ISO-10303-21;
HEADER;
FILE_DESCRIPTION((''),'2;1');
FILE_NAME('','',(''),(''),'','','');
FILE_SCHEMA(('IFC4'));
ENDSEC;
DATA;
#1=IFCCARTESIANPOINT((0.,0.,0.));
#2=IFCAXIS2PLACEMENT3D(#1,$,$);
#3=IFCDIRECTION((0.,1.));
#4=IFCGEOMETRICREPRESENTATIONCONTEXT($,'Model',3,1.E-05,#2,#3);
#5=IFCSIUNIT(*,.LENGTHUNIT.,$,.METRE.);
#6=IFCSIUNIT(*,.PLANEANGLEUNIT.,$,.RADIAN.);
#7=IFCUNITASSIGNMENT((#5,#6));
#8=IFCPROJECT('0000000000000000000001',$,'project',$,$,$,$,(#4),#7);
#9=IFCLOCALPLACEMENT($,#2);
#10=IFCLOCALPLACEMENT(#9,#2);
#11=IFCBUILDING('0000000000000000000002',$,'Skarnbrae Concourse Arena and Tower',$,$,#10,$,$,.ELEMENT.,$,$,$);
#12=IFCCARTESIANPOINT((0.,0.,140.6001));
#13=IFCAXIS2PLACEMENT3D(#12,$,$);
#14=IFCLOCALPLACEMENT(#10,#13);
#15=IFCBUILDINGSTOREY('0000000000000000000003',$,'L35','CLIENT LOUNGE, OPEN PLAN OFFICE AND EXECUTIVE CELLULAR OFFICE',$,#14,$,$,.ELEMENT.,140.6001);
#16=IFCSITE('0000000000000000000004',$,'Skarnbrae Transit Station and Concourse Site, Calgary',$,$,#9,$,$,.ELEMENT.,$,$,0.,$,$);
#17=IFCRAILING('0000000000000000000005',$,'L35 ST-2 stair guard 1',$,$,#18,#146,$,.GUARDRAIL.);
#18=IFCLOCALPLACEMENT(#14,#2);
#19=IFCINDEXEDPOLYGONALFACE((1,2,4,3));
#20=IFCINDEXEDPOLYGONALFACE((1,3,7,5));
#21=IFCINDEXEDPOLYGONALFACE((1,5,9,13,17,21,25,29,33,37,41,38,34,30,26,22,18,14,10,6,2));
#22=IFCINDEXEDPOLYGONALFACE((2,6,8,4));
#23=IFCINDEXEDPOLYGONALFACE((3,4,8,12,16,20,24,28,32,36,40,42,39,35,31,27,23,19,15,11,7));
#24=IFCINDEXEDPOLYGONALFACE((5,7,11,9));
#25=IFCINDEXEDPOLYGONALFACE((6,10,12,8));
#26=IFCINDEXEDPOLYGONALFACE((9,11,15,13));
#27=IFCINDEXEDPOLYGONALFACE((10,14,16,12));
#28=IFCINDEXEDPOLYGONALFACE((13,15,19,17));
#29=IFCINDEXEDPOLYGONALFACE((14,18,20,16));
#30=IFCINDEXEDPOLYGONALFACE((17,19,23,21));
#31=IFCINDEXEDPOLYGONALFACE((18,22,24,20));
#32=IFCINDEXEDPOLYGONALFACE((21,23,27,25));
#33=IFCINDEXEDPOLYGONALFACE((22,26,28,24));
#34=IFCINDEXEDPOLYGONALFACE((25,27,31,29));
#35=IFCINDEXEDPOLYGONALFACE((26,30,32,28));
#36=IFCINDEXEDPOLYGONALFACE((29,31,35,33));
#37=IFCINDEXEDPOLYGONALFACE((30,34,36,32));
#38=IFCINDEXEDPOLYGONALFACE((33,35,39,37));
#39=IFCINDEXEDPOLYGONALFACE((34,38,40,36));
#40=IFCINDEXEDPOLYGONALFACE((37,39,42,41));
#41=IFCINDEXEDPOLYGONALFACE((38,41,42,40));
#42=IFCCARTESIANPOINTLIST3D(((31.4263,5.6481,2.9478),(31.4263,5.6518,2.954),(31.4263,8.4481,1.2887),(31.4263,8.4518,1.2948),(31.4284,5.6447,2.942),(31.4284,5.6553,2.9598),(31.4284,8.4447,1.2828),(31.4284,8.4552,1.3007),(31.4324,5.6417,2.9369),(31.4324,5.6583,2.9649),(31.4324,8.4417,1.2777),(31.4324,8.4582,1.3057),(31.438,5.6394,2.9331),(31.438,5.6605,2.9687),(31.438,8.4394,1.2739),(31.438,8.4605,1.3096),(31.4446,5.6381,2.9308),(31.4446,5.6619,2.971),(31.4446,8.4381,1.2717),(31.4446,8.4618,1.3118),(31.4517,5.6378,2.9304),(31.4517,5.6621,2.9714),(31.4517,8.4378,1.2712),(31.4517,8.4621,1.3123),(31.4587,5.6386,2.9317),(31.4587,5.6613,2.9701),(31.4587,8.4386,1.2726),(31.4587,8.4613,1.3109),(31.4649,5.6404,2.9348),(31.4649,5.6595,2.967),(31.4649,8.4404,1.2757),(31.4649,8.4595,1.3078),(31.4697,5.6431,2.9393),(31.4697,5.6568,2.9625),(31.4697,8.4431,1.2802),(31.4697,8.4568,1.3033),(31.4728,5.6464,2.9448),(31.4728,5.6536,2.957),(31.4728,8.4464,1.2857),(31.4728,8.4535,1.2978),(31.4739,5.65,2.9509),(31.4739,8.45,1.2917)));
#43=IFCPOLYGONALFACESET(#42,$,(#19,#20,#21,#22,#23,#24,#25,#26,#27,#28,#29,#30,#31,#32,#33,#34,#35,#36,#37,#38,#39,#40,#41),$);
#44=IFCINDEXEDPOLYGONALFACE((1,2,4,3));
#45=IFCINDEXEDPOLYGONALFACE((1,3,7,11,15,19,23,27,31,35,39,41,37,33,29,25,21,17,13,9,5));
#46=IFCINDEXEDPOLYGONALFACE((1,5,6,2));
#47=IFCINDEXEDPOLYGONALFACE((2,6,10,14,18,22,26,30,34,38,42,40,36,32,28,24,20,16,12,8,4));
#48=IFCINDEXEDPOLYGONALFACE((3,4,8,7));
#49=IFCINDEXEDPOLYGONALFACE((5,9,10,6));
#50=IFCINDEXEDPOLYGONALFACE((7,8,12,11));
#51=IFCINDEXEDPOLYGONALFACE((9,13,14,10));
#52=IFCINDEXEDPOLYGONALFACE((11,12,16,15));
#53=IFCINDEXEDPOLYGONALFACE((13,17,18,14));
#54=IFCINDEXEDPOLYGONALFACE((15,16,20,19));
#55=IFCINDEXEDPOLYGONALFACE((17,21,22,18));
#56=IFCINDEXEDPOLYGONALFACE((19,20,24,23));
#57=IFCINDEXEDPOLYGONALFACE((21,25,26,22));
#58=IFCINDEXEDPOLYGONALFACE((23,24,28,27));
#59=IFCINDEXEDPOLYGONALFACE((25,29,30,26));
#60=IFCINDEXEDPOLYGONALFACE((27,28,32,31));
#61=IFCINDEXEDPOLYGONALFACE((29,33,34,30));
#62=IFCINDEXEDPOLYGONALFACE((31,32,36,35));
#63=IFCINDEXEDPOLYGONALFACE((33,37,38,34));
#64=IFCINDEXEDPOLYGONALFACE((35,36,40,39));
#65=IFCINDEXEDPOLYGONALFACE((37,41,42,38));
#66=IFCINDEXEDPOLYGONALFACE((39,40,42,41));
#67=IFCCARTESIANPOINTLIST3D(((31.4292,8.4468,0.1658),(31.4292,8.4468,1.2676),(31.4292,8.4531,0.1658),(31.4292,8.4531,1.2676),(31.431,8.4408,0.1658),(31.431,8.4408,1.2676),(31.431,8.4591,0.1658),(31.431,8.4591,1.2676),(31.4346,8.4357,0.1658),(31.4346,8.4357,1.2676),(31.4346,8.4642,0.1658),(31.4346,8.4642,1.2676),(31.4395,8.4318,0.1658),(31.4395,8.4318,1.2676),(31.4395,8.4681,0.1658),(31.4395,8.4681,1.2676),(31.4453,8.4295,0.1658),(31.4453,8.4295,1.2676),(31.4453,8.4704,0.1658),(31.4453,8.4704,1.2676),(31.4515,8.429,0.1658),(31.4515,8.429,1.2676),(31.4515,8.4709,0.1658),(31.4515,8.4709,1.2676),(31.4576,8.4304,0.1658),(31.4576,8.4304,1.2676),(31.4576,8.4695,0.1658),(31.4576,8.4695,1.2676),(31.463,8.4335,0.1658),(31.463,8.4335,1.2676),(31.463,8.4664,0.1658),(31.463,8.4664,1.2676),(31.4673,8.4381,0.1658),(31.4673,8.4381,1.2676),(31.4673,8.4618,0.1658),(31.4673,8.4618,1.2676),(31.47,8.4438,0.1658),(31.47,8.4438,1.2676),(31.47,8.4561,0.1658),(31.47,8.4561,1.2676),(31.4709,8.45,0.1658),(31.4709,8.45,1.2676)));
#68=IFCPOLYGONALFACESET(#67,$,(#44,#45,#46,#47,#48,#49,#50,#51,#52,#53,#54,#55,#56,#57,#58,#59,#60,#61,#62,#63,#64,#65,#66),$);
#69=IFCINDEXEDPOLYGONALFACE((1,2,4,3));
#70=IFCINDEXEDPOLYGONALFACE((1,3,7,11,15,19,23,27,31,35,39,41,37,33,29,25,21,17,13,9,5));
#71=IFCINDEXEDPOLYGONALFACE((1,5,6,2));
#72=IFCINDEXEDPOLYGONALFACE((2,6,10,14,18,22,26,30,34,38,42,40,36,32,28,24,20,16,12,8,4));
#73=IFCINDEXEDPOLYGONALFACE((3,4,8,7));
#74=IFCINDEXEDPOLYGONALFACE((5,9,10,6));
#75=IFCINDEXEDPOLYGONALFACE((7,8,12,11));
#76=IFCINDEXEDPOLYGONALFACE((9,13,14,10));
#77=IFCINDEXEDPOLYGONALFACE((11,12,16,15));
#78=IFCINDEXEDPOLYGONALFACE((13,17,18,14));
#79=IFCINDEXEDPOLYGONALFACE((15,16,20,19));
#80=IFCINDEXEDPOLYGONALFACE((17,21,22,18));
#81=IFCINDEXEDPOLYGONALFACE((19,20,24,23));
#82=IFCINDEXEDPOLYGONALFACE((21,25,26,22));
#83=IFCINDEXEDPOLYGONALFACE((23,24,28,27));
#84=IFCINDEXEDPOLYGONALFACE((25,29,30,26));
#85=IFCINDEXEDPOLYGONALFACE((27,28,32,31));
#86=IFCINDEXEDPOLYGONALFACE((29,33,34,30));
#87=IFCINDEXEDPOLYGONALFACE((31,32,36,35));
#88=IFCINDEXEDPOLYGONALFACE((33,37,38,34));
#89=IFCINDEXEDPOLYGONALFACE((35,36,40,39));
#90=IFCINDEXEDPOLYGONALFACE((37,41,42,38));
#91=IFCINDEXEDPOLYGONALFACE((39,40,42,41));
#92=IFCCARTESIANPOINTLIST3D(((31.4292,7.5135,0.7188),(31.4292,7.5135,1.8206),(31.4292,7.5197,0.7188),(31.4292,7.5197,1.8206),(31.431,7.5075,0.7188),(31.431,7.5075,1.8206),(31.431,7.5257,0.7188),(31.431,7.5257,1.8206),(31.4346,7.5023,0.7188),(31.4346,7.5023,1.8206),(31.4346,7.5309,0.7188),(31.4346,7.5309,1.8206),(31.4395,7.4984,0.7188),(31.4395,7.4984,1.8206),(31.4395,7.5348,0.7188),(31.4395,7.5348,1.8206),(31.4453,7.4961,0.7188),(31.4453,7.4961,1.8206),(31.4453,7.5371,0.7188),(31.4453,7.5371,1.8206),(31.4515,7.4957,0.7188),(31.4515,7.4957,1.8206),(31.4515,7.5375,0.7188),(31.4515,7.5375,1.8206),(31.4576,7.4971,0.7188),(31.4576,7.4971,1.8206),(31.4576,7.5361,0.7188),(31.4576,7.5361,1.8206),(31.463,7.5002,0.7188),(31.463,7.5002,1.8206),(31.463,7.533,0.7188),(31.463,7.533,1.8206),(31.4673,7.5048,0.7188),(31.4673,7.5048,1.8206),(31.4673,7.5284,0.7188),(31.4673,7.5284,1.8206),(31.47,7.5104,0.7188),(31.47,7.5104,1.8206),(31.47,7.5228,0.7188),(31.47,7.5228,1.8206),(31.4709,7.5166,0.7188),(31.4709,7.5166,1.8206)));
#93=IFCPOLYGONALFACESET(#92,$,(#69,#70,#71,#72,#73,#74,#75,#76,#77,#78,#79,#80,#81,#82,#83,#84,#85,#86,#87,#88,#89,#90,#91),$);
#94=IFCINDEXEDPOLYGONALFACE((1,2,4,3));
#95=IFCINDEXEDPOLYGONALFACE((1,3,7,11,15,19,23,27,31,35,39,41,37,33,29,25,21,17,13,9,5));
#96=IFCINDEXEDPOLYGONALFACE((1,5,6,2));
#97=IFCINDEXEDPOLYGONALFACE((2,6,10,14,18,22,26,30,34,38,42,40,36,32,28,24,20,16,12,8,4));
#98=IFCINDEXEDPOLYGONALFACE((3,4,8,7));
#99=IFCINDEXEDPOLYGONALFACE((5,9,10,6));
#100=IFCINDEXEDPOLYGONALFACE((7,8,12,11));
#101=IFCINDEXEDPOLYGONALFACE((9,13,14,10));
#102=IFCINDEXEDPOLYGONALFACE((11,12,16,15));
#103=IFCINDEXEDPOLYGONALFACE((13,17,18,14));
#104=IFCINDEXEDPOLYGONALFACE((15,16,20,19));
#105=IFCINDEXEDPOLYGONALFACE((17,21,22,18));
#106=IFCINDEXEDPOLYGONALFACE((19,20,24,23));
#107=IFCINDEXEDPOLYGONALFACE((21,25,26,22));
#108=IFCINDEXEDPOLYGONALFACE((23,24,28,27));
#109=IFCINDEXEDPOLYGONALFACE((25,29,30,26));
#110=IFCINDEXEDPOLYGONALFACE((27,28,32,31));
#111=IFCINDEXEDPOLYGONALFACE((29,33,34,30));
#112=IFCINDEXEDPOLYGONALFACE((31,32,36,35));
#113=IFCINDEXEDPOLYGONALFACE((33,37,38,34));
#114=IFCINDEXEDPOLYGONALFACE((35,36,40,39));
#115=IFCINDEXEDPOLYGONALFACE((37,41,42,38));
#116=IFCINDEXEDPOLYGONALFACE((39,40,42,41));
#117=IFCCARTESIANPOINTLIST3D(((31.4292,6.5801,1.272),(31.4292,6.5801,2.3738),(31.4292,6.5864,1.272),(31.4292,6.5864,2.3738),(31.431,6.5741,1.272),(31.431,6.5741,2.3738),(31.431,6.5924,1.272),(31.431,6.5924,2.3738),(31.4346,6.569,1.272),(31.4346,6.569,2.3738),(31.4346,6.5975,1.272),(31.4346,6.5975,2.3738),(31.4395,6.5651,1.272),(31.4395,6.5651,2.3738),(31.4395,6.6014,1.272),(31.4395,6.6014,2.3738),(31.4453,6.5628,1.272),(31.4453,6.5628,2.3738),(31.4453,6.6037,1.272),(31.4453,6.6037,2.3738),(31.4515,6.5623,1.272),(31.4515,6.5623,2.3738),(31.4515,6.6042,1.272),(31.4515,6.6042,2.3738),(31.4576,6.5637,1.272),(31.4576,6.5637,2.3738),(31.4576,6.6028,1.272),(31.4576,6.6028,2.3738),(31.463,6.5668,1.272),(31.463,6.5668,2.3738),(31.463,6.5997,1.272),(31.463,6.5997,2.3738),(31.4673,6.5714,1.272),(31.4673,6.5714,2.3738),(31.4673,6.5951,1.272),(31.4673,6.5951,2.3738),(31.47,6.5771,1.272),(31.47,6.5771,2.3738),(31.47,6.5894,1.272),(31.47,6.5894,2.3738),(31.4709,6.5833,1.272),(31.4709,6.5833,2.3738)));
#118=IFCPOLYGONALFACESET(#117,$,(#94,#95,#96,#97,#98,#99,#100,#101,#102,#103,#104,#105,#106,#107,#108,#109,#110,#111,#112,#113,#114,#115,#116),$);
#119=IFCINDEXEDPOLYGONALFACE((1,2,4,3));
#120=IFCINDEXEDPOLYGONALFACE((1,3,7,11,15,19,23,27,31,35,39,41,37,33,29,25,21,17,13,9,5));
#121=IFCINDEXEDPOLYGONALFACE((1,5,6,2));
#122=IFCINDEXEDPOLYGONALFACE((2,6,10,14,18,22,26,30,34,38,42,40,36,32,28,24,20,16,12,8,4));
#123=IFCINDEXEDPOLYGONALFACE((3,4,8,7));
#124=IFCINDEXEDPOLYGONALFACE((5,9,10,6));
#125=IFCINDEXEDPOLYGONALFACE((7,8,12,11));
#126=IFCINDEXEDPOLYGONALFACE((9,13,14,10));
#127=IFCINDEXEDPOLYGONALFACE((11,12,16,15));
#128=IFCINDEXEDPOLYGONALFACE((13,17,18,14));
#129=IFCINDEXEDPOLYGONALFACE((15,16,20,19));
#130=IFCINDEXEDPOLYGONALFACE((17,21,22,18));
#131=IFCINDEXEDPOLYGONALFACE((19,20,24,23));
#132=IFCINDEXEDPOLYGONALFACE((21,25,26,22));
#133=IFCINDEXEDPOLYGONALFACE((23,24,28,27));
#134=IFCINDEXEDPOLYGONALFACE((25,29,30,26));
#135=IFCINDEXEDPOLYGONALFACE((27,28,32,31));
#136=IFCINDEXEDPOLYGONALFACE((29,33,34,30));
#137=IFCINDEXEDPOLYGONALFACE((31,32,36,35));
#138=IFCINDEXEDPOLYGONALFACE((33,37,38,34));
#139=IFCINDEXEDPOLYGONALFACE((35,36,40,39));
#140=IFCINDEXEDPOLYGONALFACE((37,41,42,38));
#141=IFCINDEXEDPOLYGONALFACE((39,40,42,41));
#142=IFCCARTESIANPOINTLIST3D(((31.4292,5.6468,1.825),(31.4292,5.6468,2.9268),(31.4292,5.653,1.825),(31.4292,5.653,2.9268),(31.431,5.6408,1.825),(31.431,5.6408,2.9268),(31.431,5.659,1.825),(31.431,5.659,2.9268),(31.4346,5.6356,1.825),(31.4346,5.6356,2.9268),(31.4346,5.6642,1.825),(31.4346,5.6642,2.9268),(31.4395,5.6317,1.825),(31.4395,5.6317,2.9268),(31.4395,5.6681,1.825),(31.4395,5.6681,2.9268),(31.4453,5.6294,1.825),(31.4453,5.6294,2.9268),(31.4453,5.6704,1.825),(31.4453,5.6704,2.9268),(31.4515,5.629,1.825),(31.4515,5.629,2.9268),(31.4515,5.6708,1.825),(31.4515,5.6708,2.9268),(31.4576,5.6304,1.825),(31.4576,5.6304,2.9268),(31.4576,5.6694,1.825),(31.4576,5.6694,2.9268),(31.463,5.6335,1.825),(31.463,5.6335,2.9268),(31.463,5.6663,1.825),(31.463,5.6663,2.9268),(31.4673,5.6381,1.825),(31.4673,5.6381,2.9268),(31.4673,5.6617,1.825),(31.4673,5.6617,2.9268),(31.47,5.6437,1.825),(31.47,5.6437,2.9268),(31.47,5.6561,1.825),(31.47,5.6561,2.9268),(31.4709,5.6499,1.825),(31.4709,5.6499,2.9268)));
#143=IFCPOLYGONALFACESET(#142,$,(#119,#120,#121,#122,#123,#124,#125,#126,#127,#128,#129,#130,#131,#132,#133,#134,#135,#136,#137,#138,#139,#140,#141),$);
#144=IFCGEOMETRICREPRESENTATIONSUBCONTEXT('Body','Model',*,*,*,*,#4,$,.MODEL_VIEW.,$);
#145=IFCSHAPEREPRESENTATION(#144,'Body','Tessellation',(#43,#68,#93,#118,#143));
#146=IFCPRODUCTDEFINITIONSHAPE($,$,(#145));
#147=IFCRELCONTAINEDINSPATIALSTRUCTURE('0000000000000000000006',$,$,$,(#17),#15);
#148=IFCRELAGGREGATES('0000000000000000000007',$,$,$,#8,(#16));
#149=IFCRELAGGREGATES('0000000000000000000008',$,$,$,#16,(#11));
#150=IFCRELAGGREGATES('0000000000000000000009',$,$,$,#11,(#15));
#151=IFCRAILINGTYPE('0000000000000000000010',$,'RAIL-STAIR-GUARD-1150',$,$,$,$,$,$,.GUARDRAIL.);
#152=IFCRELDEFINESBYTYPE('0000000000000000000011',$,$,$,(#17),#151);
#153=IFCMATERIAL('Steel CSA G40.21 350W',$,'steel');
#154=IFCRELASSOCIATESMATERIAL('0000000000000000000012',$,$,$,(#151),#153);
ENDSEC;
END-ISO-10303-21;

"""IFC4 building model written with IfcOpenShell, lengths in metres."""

from ifc_helpers import new_model, si_unit, direction, frame, origin, origin_2d, place, context, subcontext, project, spatial, circle, extrude, material, type_object, element, save


model = new_model("IFC4")

# Units and contexts
model_context = context("Model", 3, precision=1e-05, world=origin(), true_north=direction((0.0, 1.0)))
body_context = subcontext(model_context, "Body", "Model", "MODEL_VIEW")
ifc_project = project(units=[si_unit("LENGTHUNIT", "METRE"), si_unit("PLANEANGLEUNIT", "RADIAN")], contexts=[model_context])

# Site, building, storey
site_placement = place(None, origin())
site = spatial("IfcSite", under=ifc_project, at=site_placement, Name="Skarnbrae Transit Station and Concourse Site, Calgary", CompositionType="ELEMENT", RefElevation=0.0)
building_placement = place(site_placement, origin())
building = spatial("IfcBuilding", under=site, at=building_placement, Name="Skarnbrae Concourse Arena and Tower", CompositionType="ELEMENT")
storey_placement = place(building_placement, frame((0.0, 0.0, 140.6001)))
storey = spatial("IfcBuildingStorey", under=building, at=storey_placement, Name="L35", Description="CLIENT LOUNGE, OPEN PLAN OFFICE AND EXECUTIVE CELLULAR OFFICE", CompositionType="ELEMENT", Elevation=140.6001)

# Shared definitions
ifc_material_1 = material(Name="Steel CSA G40.21 350W", Category="steel")

# Railing
railing_type = type_object("IfcRailingType", Name="RAIL-STAIR-GUARD-1150", PredefinedType="GUARDRAIL", material=ifc_material_1)
railing_1_placement = place(storey_placement, frame((31.45, 8.45, 0.1658)))
element("IfcRailing", 1, at=railing_1_placement, inside=storey, type_object=railing_type, Name="L35 ST-2 stair guard 1", PredefinedType="GUARDRAIL", context=body_context, shape_type="SweptSolid", body=[
    extrude(circle(Radius=0.0239, at=origin_2d()), frame((0.0, 0.0, 1.126), z_axis=(0.0, -0.860306, 0.509778), x_axis=(1.0, 0.0, 0.0)), (0.0, 0.0, 1.0), 3.2546),
    extrude(circle(Radius=0.021, at=origin_2d()), origin(), (0.0, 0.0, 1.0), 1.1018),
    extrude(circle(Radius=0.021, at=origin_2d()), frame((0.0, -0.9333, 0.553)), (0.0, 0.0, 1.0), 1.1018),
    extrude(circle(Radius=0.021, at=origin_2d()), frame((0.0, -1.8667, 1.1062)), (0.0, 0.0, 1.0), 1.1018),
    extrude(circle(Radius=0.021, at=origin_2d()), frame((0.0, -2.8, 1.6592)), (0.0, 0.0, 1.0), 1.1018),
])

save(model, "model.ifc")
